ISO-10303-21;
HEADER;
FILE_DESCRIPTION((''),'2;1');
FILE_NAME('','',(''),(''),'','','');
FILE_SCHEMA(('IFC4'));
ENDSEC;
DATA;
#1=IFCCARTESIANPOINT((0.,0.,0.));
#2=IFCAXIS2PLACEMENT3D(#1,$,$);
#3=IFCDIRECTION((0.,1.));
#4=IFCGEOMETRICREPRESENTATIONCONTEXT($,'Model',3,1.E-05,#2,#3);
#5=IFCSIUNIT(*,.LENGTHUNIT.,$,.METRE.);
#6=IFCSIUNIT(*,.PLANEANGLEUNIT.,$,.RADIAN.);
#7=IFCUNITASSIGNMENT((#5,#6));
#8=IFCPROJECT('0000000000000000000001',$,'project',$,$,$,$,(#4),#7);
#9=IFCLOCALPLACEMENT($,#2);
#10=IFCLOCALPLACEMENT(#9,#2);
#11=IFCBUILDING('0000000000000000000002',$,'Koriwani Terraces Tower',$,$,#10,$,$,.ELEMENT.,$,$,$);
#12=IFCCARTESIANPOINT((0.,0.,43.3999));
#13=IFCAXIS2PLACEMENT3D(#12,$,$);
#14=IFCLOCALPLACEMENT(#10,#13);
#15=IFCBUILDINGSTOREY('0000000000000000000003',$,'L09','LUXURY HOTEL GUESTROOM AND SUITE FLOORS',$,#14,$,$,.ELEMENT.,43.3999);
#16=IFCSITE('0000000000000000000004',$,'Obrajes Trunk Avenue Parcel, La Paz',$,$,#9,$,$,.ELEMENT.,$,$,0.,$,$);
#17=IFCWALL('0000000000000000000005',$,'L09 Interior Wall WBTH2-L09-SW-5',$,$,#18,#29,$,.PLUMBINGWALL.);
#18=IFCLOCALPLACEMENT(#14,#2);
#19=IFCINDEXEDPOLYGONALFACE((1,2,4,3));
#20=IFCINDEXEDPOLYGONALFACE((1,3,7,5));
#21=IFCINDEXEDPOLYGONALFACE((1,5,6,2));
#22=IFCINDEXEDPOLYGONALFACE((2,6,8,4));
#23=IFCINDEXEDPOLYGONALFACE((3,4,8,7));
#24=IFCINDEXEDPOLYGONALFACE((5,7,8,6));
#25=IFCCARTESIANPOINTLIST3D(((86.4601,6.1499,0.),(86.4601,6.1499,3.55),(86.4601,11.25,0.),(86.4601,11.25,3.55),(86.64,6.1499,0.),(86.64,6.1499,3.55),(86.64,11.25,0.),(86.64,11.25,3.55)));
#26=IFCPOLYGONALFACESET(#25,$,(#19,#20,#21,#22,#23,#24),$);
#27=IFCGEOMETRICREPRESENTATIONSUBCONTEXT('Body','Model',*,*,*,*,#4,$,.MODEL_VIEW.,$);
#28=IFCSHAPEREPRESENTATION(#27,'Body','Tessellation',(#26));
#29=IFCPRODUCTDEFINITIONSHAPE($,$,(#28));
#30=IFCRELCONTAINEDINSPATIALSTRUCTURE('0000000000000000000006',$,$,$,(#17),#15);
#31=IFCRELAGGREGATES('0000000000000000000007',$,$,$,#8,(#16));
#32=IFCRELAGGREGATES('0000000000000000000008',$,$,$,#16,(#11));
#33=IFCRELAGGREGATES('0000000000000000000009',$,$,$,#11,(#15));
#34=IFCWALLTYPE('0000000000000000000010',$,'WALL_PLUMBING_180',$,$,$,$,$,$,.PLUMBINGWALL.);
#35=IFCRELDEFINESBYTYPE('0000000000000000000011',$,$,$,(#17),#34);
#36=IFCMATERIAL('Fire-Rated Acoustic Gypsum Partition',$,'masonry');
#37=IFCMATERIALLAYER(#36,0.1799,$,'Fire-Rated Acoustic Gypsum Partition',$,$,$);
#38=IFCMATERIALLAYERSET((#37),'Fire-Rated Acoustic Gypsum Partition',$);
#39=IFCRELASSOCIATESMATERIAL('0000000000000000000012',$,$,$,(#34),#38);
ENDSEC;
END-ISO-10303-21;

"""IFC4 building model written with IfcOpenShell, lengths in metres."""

from ifc_helpers import new_model, si_unit, direction, frame, frame_2d, origin, place, context, subcontext, project, spatial, rectangle, extrude, material, layer, layer_set, type_object, element, save


model = new_model("IFC4")

# Units and contexts
model_context = context("Model", 3, precision=1e-05, world=origin(), true_north=direction((0.0, 1.0)))
body_context = subcontext(model_context, "Body", "Model", "MODEL_VIEW")
ifc_project = project(units=[si_unit("LENGTHUNIT", "METRE"), si_unit("PLANEANGLEUNIT", "RADIAN")], contexts=[model_context])

# Site, building, storey
site_placement = place(None, origin())
site = spatial("IfcSite", under=ifc_project, at=site_placement, Name="Obrajes Trunk Avenue Parcel, La Paz", CompositionType="ELEMENT", RefElevation=0.0)
building_placement = place(site_placement, origin())
building = spatial("IfcBuilding", under=site, at=building_placement, Name="Koriwani Terraces Tower", CompositionType="ELEMENT")
storey_placement = place(building_placement, frame((0.0, 0.0, 43.3999)))
storey = spatial("IfcBuildingStorey", under=building, at=storey_placement, Name="L09", Description="LUXURY HOTEL GUESTROOM AND SUITE FLOORS", CompositionType="ELEMENT", Elevation=43.3999)

# Shared definitions
ifc_material_1 = material(Name="Fire-Rated Acoustic Gypsum Partition", Category="masonry")
ifc_layer_1 = layer(ifc_material_1, 0.1799, Name="Fire-Rated Acoustic Gypsum Partition")
ifc_layer_set_1 = layer_set([ifc_layer_1], Name="Fire-Rated Acoustic Gypsum Partition")
wall_type_1 = type_object("IfcWallType", Name="WALL_PLUMBING_180", PredefinedType="PLUMBINGWALL", material=ifc_layer_set_1)

# Wall
wall_1_placement = place(storey_placement, frame((86.55, 6.1499, 0.0), z_axis=(0.0, 0.0, 1.0), x_axis=(0.0, 1.0, 0.0)))
element("IfcWall", 1, at=wall_1_placement, inside=storey, type_object=wall_type_1, Name="L09 Interior Wall WBTH2-L09-SW-5", PredefinedType="PLUMBINGWALL", context=body_context, shape_type="SweptSolid", body=[
    extrude(rectangle(XDim=5.1001, YDim=0.1799, at=frame_2d((2.55, 0.0))), origin(), (0.0, 0.0, 1.0), 3.55),
])

save(model, "model.ifc")
